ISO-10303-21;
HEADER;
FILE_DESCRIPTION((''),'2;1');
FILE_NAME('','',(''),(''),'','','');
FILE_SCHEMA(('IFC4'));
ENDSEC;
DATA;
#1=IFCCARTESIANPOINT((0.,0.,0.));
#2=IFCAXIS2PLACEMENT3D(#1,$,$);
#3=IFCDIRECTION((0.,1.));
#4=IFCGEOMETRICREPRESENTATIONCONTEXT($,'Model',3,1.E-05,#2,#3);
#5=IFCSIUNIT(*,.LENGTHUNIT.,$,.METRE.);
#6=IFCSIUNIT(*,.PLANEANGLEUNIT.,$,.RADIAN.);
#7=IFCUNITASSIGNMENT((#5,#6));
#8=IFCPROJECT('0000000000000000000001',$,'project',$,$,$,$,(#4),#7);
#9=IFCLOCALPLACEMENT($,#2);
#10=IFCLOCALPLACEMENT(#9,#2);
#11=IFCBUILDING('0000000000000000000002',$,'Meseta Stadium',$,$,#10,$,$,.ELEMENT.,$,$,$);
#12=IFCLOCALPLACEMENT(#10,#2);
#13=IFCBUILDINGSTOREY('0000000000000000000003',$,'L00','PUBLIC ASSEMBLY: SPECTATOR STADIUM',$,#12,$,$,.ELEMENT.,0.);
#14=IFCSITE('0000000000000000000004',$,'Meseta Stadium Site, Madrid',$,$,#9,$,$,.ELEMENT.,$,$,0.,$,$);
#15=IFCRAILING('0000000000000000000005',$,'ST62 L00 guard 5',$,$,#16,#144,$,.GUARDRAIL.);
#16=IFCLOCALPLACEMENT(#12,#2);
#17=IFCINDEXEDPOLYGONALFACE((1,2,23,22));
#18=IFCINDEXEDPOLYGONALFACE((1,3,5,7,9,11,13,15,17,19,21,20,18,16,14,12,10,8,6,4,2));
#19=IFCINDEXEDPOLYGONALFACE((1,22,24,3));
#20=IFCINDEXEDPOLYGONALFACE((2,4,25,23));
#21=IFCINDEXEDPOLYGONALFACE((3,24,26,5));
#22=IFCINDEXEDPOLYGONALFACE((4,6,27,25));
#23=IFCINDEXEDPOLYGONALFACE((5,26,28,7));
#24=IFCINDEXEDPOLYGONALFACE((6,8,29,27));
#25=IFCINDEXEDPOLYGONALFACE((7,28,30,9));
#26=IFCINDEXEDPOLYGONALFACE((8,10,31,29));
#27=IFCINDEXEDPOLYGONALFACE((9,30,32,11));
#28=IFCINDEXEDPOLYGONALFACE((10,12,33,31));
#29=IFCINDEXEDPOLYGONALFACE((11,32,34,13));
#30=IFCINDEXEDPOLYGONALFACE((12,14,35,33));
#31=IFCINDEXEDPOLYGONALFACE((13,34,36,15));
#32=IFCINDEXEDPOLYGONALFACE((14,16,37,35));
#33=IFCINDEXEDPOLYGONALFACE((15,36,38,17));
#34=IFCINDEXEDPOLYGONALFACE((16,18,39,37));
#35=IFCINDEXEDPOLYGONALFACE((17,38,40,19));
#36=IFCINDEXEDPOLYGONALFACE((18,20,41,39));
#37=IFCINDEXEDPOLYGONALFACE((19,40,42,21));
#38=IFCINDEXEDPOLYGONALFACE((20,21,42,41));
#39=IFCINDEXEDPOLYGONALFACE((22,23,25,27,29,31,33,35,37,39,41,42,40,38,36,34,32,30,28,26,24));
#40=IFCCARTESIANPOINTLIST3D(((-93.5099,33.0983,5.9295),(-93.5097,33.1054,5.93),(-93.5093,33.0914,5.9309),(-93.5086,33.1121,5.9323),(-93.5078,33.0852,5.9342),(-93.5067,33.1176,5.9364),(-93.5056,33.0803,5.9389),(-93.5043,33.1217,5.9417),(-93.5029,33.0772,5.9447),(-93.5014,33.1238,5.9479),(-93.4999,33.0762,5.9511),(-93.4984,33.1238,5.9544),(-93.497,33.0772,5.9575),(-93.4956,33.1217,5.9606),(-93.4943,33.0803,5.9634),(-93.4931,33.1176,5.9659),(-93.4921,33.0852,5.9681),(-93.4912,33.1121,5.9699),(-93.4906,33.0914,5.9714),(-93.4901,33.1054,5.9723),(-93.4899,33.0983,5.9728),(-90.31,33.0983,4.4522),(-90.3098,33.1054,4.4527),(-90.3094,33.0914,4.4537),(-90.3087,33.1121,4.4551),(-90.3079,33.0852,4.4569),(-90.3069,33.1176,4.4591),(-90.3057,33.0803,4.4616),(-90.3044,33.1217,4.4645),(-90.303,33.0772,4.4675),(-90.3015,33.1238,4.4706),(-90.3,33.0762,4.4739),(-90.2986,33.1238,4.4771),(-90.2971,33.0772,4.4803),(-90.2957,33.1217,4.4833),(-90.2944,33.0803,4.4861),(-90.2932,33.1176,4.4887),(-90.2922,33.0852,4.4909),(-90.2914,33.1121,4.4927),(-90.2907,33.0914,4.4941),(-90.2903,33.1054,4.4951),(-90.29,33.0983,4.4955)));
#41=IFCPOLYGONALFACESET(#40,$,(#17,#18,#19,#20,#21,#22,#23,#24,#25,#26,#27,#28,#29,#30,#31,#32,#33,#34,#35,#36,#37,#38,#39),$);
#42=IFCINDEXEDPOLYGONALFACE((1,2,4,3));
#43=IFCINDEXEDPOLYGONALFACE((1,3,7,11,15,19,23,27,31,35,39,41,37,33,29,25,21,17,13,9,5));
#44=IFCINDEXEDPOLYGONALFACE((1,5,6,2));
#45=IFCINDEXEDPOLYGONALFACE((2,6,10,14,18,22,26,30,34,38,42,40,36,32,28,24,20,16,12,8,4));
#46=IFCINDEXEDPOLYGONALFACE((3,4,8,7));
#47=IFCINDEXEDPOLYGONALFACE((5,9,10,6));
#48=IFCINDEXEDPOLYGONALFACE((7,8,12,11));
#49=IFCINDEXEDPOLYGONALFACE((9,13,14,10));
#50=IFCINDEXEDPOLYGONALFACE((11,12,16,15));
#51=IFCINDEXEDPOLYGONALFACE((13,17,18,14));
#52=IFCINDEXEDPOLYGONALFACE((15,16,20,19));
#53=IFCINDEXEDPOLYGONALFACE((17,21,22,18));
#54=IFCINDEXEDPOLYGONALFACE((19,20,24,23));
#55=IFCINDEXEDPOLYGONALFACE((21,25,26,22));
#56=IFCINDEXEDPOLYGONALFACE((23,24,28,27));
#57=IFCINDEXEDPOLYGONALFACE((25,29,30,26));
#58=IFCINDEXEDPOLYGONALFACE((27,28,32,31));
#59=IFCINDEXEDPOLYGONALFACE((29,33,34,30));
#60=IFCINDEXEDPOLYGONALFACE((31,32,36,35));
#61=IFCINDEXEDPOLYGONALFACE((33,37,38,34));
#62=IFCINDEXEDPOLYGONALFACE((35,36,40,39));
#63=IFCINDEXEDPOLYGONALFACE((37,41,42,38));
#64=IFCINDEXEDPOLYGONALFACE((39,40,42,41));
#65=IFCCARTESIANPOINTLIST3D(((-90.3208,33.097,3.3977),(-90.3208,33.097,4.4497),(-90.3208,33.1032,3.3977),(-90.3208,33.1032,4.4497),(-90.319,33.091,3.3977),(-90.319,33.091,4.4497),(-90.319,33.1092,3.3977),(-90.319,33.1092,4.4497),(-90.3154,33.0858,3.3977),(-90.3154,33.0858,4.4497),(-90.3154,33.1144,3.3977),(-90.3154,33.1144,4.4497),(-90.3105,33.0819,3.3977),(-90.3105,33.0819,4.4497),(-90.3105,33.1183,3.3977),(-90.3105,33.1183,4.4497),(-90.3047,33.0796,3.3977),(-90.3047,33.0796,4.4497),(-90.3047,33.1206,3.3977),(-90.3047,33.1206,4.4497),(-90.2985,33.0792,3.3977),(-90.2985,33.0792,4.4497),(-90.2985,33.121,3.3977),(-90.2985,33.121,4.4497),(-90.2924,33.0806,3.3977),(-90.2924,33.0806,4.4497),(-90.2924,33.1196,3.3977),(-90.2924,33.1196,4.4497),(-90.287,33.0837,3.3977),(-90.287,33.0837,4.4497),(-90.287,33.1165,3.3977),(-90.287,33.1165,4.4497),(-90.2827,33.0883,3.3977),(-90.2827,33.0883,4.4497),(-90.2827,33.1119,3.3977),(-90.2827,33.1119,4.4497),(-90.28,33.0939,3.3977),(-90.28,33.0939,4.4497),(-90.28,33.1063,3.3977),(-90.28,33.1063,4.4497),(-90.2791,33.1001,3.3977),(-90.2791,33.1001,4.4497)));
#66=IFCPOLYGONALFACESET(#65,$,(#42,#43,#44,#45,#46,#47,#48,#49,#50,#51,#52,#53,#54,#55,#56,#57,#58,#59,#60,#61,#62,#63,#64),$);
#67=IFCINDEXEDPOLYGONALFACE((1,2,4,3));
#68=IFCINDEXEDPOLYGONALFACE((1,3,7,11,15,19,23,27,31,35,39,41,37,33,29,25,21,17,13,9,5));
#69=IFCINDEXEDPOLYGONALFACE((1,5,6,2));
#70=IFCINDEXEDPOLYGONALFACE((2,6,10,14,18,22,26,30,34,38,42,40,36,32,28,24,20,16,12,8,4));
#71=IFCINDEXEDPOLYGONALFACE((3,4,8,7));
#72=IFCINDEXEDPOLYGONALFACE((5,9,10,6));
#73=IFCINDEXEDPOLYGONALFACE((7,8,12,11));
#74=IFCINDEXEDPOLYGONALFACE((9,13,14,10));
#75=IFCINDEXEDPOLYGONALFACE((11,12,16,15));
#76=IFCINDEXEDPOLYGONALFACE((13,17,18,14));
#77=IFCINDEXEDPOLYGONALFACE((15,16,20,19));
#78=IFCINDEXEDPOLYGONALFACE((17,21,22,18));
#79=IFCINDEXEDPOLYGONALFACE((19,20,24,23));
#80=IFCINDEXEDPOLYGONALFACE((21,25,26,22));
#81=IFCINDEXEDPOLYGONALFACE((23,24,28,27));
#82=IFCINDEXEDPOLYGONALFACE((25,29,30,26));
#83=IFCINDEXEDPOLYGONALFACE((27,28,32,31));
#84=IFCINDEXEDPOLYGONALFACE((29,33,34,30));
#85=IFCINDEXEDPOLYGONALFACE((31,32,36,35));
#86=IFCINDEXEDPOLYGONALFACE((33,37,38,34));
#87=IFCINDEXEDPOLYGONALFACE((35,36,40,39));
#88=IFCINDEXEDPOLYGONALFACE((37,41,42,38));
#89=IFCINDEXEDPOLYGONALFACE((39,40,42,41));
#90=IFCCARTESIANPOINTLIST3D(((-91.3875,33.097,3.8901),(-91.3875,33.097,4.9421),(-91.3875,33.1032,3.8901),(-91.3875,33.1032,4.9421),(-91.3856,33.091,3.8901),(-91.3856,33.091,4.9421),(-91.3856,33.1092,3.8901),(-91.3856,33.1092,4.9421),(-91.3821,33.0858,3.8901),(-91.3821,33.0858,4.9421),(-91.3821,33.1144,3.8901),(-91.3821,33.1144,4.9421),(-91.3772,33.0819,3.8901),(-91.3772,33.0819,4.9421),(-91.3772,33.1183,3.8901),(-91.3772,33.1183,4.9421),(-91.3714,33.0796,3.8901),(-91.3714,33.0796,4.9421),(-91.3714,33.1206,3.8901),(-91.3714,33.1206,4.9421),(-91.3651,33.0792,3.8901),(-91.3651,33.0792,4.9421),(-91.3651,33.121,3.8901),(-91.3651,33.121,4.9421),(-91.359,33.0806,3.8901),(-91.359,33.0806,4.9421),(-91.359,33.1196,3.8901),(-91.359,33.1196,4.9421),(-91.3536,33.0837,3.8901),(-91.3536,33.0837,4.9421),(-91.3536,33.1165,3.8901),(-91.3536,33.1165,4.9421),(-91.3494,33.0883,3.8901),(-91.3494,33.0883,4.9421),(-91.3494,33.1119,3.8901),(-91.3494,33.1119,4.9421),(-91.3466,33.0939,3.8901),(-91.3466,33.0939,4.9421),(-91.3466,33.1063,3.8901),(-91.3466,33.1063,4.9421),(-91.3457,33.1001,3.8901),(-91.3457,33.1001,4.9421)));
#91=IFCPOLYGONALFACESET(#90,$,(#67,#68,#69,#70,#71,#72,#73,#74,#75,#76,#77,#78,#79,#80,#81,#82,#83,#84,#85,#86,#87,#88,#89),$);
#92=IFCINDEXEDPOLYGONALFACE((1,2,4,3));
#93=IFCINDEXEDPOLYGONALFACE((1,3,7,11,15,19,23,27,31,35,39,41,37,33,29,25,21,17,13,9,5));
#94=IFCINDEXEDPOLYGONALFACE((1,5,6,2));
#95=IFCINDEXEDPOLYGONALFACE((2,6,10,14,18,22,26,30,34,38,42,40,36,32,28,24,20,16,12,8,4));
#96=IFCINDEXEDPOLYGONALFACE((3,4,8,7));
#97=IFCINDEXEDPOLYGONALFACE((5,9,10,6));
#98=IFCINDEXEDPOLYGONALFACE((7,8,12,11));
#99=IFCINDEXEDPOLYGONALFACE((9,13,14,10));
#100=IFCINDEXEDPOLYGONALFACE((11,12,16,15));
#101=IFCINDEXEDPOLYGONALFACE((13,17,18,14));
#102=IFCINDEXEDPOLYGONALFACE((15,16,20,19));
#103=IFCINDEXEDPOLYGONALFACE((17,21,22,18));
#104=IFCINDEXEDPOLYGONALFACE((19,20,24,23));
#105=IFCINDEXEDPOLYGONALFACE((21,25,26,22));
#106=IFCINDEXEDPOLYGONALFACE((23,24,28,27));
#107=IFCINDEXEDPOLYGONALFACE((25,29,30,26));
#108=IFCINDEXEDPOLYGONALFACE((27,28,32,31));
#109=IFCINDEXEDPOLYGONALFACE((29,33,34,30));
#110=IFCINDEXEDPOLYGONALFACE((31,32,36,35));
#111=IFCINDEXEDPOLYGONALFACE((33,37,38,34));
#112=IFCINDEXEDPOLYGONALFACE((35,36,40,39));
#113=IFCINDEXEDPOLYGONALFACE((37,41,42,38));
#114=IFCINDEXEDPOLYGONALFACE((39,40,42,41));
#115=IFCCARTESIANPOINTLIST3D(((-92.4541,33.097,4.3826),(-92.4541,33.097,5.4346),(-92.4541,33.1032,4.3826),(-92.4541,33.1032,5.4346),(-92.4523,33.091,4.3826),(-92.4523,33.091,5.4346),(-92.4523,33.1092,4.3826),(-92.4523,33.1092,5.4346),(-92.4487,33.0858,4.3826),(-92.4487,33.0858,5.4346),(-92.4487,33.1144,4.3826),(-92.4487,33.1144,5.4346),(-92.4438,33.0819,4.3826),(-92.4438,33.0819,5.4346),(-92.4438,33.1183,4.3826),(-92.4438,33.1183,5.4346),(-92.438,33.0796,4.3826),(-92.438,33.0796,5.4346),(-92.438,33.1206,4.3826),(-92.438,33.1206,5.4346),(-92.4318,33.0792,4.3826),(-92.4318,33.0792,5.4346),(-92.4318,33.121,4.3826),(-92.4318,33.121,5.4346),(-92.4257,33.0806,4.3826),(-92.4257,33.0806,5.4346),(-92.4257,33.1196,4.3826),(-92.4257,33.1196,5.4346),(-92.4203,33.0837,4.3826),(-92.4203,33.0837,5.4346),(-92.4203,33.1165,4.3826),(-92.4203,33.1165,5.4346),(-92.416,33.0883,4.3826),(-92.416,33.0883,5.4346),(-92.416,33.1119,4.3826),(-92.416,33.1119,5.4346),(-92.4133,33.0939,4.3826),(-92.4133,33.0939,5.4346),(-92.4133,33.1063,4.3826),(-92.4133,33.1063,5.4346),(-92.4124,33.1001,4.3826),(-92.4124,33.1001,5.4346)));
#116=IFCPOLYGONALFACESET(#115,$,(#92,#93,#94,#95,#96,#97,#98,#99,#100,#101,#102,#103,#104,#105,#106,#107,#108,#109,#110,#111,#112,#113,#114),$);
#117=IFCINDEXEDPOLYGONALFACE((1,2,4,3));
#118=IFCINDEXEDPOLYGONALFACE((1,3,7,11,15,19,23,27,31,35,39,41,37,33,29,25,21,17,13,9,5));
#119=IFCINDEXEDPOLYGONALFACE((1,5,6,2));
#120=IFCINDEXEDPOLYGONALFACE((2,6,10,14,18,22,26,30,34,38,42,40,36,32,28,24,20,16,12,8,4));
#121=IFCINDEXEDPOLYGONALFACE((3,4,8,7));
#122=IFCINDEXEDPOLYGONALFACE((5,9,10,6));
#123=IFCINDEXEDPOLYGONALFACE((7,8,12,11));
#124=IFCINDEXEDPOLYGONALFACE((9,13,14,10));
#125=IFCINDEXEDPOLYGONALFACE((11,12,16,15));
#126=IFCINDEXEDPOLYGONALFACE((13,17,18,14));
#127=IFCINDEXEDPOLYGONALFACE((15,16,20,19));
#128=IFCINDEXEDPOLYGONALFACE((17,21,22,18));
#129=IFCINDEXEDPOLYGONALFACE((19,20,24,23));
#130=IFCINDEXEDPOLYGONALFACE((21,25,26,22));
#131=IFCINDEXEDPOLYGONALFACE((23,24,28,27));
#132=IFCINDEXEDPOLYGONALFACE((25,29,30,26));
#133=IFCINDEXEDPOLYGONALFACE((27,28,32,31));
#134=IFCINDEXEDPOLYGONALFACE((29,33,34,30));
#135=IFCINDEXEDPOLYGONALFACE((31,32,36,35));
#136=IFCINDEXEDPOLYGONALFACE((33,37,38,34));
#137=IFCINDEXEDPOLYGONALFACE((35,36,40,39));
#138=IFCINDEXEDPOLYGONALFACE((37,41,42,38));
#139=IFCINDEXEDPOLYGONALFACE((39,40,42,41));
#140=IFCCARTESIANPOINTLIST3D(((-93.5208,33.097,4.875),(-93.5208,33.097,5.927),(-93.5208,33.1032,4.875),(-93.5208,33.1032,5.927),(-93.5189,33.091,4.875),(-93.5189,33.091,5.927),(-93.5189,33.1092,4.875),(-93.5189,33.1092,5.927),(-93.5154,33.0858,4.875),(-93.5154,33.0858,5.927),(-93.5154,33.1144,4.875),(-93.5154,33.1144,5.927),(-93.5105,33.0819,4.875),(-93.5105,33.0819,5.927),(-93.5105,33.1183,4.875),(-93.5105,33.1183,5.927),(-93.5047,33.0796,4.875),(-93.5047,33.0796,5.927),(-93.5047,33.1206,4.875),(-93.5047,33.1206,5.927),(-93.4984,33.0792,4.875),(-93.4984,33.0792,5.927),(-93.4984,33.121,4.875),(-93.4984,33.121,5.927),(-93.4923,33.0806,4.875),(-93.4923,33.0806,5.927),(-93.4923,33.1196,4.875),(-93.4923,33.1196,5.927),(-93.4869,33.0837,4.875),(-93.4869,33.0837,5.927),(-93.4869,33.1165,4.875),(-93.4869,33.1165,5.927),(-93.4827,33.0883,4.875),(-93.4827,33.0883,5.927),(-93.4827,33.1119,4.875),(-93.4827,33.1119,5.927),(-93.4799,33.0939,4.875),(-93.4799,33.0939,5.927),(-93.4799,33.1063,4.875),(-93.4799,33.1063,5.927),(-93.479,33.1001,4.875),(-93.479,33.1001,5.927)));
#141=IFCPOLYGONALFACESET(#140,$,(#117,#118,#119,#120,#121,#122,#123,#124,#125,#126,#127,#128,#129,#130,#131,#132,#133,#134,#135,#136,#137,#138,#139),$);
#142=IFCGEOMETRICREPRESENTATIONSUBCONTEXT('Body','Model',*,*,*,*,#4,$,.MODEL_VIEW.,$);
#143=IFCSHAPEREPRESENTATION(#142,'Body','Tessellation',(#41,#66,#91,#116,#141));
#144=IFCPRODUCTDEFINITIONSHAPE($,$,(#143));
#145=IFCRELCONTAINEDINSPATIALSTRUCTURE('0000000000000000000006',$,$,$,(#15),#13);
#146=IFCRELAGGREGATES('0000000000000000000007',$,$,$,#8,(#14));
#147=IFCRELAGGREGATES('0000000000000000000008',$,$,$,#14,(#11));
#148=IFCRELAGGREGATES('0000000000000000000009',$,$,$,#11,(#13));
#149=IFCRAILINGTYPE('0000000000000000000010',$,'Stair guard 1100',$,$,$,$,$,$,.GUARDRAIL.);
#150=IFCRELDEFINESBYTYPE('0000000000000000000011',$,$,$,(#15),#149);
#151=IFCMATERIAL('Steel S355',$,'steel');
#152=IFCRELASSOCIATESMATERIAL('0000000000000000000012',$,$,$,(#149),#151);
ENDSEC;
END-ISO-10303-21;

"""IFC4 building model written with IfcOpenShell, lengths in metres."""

from ifc_helpers import new_model, si_unit, direction, frame, origin, origin_2d, place, context, subcontext, project, spatial, circle, extrude, material, type_object, element, save


model = new_model("IFC4")

# Units and contexts
model_context = context("Model", 3, precision=1e-05, world=origin(), true_north=direction((0.0, 1.0)))
body_context = subcontext(model_context, "Body", "Model", "MODEL_VIEW")
ifc_project = project(units=[si_unit("LENGTHUNIT", "METRE"), si_unit("PLANEANGLEUNIT", "RADIAN")], contexts=[model_context])

# Site, building, storey
site_placement = place(None, origin())
site = spatial("IfcSite", under=ifc_project, at=site_placement, Name="Meseta Stadium Site, Madrid", CompositionType="ELEMENT", RefElevation=0.0)
building_placement = place(site_placement, origin())
building = spatial("IfcBuilding", under=site, at=building_placement, Name="Meseta Stadium", CompositionType="ELEMENT")
storey_placement = place(building_placement, origin())
storey = spatial("IfcBuildingStorey", under=building, at=storey_placement, Name="L00", Description="PUBLIC ASSEMBLY: SPECTATOR STADIUM", CompositionType="ELEMENT", Elevation=0.0)

# Railing
ifc_material_1 = material(Name="Steel S355", Category="steel")
railing_type_1 = type_object("IfcRailingType", Name="Stair guard 1100", PredefinedType="GUARDRAIL", material=ifc_material_1)
railing_1_placement = place(storey_placement, frame((-90.3, 33.1001, 3.3977)))
element("IfcRailing", 1, at=railing_1_placement, inside=storey, type_object=railing_type_1, Name="ST62 L00 guard 5", PredefinedType="GUARDRAIL", context=body_context, shape_type="SweptSolid", body=[
    extrude(circle(Radius=0.0239, at=origin_2d()), frame((0.0, 0.0, 1.0762), z_axis=(-0.907917, 0.0, 0.41915), x_axis=(0.0, -1.0, 0.0)), (0.0, 0.0, 1.0), 3.5244),
    extrude(circle(Radius=0.021, at=origin_2d()), origin(), (0.0, 0.0, 1.0), 1.052),
    extrude(circle(Radius=0.021, at=origin_2d()), frame((-1.0667, 0.0, 0.4924)), (0.0, 0.0, 1.0), 1.052),
    extrude(circle(Radius=0.021, at=origin_2d()), frame((-2.1333, 0.0, 0.9849)), (0.0, 0.0, 1.0), 1.052),
    extrude(circle(Radius=0.021, at=origin_2d()), frame((-3.2, 0.0, 1.4773)), (0.0, 0.0, 1.0), 1.052),
])

save(model, "model.ifc")
